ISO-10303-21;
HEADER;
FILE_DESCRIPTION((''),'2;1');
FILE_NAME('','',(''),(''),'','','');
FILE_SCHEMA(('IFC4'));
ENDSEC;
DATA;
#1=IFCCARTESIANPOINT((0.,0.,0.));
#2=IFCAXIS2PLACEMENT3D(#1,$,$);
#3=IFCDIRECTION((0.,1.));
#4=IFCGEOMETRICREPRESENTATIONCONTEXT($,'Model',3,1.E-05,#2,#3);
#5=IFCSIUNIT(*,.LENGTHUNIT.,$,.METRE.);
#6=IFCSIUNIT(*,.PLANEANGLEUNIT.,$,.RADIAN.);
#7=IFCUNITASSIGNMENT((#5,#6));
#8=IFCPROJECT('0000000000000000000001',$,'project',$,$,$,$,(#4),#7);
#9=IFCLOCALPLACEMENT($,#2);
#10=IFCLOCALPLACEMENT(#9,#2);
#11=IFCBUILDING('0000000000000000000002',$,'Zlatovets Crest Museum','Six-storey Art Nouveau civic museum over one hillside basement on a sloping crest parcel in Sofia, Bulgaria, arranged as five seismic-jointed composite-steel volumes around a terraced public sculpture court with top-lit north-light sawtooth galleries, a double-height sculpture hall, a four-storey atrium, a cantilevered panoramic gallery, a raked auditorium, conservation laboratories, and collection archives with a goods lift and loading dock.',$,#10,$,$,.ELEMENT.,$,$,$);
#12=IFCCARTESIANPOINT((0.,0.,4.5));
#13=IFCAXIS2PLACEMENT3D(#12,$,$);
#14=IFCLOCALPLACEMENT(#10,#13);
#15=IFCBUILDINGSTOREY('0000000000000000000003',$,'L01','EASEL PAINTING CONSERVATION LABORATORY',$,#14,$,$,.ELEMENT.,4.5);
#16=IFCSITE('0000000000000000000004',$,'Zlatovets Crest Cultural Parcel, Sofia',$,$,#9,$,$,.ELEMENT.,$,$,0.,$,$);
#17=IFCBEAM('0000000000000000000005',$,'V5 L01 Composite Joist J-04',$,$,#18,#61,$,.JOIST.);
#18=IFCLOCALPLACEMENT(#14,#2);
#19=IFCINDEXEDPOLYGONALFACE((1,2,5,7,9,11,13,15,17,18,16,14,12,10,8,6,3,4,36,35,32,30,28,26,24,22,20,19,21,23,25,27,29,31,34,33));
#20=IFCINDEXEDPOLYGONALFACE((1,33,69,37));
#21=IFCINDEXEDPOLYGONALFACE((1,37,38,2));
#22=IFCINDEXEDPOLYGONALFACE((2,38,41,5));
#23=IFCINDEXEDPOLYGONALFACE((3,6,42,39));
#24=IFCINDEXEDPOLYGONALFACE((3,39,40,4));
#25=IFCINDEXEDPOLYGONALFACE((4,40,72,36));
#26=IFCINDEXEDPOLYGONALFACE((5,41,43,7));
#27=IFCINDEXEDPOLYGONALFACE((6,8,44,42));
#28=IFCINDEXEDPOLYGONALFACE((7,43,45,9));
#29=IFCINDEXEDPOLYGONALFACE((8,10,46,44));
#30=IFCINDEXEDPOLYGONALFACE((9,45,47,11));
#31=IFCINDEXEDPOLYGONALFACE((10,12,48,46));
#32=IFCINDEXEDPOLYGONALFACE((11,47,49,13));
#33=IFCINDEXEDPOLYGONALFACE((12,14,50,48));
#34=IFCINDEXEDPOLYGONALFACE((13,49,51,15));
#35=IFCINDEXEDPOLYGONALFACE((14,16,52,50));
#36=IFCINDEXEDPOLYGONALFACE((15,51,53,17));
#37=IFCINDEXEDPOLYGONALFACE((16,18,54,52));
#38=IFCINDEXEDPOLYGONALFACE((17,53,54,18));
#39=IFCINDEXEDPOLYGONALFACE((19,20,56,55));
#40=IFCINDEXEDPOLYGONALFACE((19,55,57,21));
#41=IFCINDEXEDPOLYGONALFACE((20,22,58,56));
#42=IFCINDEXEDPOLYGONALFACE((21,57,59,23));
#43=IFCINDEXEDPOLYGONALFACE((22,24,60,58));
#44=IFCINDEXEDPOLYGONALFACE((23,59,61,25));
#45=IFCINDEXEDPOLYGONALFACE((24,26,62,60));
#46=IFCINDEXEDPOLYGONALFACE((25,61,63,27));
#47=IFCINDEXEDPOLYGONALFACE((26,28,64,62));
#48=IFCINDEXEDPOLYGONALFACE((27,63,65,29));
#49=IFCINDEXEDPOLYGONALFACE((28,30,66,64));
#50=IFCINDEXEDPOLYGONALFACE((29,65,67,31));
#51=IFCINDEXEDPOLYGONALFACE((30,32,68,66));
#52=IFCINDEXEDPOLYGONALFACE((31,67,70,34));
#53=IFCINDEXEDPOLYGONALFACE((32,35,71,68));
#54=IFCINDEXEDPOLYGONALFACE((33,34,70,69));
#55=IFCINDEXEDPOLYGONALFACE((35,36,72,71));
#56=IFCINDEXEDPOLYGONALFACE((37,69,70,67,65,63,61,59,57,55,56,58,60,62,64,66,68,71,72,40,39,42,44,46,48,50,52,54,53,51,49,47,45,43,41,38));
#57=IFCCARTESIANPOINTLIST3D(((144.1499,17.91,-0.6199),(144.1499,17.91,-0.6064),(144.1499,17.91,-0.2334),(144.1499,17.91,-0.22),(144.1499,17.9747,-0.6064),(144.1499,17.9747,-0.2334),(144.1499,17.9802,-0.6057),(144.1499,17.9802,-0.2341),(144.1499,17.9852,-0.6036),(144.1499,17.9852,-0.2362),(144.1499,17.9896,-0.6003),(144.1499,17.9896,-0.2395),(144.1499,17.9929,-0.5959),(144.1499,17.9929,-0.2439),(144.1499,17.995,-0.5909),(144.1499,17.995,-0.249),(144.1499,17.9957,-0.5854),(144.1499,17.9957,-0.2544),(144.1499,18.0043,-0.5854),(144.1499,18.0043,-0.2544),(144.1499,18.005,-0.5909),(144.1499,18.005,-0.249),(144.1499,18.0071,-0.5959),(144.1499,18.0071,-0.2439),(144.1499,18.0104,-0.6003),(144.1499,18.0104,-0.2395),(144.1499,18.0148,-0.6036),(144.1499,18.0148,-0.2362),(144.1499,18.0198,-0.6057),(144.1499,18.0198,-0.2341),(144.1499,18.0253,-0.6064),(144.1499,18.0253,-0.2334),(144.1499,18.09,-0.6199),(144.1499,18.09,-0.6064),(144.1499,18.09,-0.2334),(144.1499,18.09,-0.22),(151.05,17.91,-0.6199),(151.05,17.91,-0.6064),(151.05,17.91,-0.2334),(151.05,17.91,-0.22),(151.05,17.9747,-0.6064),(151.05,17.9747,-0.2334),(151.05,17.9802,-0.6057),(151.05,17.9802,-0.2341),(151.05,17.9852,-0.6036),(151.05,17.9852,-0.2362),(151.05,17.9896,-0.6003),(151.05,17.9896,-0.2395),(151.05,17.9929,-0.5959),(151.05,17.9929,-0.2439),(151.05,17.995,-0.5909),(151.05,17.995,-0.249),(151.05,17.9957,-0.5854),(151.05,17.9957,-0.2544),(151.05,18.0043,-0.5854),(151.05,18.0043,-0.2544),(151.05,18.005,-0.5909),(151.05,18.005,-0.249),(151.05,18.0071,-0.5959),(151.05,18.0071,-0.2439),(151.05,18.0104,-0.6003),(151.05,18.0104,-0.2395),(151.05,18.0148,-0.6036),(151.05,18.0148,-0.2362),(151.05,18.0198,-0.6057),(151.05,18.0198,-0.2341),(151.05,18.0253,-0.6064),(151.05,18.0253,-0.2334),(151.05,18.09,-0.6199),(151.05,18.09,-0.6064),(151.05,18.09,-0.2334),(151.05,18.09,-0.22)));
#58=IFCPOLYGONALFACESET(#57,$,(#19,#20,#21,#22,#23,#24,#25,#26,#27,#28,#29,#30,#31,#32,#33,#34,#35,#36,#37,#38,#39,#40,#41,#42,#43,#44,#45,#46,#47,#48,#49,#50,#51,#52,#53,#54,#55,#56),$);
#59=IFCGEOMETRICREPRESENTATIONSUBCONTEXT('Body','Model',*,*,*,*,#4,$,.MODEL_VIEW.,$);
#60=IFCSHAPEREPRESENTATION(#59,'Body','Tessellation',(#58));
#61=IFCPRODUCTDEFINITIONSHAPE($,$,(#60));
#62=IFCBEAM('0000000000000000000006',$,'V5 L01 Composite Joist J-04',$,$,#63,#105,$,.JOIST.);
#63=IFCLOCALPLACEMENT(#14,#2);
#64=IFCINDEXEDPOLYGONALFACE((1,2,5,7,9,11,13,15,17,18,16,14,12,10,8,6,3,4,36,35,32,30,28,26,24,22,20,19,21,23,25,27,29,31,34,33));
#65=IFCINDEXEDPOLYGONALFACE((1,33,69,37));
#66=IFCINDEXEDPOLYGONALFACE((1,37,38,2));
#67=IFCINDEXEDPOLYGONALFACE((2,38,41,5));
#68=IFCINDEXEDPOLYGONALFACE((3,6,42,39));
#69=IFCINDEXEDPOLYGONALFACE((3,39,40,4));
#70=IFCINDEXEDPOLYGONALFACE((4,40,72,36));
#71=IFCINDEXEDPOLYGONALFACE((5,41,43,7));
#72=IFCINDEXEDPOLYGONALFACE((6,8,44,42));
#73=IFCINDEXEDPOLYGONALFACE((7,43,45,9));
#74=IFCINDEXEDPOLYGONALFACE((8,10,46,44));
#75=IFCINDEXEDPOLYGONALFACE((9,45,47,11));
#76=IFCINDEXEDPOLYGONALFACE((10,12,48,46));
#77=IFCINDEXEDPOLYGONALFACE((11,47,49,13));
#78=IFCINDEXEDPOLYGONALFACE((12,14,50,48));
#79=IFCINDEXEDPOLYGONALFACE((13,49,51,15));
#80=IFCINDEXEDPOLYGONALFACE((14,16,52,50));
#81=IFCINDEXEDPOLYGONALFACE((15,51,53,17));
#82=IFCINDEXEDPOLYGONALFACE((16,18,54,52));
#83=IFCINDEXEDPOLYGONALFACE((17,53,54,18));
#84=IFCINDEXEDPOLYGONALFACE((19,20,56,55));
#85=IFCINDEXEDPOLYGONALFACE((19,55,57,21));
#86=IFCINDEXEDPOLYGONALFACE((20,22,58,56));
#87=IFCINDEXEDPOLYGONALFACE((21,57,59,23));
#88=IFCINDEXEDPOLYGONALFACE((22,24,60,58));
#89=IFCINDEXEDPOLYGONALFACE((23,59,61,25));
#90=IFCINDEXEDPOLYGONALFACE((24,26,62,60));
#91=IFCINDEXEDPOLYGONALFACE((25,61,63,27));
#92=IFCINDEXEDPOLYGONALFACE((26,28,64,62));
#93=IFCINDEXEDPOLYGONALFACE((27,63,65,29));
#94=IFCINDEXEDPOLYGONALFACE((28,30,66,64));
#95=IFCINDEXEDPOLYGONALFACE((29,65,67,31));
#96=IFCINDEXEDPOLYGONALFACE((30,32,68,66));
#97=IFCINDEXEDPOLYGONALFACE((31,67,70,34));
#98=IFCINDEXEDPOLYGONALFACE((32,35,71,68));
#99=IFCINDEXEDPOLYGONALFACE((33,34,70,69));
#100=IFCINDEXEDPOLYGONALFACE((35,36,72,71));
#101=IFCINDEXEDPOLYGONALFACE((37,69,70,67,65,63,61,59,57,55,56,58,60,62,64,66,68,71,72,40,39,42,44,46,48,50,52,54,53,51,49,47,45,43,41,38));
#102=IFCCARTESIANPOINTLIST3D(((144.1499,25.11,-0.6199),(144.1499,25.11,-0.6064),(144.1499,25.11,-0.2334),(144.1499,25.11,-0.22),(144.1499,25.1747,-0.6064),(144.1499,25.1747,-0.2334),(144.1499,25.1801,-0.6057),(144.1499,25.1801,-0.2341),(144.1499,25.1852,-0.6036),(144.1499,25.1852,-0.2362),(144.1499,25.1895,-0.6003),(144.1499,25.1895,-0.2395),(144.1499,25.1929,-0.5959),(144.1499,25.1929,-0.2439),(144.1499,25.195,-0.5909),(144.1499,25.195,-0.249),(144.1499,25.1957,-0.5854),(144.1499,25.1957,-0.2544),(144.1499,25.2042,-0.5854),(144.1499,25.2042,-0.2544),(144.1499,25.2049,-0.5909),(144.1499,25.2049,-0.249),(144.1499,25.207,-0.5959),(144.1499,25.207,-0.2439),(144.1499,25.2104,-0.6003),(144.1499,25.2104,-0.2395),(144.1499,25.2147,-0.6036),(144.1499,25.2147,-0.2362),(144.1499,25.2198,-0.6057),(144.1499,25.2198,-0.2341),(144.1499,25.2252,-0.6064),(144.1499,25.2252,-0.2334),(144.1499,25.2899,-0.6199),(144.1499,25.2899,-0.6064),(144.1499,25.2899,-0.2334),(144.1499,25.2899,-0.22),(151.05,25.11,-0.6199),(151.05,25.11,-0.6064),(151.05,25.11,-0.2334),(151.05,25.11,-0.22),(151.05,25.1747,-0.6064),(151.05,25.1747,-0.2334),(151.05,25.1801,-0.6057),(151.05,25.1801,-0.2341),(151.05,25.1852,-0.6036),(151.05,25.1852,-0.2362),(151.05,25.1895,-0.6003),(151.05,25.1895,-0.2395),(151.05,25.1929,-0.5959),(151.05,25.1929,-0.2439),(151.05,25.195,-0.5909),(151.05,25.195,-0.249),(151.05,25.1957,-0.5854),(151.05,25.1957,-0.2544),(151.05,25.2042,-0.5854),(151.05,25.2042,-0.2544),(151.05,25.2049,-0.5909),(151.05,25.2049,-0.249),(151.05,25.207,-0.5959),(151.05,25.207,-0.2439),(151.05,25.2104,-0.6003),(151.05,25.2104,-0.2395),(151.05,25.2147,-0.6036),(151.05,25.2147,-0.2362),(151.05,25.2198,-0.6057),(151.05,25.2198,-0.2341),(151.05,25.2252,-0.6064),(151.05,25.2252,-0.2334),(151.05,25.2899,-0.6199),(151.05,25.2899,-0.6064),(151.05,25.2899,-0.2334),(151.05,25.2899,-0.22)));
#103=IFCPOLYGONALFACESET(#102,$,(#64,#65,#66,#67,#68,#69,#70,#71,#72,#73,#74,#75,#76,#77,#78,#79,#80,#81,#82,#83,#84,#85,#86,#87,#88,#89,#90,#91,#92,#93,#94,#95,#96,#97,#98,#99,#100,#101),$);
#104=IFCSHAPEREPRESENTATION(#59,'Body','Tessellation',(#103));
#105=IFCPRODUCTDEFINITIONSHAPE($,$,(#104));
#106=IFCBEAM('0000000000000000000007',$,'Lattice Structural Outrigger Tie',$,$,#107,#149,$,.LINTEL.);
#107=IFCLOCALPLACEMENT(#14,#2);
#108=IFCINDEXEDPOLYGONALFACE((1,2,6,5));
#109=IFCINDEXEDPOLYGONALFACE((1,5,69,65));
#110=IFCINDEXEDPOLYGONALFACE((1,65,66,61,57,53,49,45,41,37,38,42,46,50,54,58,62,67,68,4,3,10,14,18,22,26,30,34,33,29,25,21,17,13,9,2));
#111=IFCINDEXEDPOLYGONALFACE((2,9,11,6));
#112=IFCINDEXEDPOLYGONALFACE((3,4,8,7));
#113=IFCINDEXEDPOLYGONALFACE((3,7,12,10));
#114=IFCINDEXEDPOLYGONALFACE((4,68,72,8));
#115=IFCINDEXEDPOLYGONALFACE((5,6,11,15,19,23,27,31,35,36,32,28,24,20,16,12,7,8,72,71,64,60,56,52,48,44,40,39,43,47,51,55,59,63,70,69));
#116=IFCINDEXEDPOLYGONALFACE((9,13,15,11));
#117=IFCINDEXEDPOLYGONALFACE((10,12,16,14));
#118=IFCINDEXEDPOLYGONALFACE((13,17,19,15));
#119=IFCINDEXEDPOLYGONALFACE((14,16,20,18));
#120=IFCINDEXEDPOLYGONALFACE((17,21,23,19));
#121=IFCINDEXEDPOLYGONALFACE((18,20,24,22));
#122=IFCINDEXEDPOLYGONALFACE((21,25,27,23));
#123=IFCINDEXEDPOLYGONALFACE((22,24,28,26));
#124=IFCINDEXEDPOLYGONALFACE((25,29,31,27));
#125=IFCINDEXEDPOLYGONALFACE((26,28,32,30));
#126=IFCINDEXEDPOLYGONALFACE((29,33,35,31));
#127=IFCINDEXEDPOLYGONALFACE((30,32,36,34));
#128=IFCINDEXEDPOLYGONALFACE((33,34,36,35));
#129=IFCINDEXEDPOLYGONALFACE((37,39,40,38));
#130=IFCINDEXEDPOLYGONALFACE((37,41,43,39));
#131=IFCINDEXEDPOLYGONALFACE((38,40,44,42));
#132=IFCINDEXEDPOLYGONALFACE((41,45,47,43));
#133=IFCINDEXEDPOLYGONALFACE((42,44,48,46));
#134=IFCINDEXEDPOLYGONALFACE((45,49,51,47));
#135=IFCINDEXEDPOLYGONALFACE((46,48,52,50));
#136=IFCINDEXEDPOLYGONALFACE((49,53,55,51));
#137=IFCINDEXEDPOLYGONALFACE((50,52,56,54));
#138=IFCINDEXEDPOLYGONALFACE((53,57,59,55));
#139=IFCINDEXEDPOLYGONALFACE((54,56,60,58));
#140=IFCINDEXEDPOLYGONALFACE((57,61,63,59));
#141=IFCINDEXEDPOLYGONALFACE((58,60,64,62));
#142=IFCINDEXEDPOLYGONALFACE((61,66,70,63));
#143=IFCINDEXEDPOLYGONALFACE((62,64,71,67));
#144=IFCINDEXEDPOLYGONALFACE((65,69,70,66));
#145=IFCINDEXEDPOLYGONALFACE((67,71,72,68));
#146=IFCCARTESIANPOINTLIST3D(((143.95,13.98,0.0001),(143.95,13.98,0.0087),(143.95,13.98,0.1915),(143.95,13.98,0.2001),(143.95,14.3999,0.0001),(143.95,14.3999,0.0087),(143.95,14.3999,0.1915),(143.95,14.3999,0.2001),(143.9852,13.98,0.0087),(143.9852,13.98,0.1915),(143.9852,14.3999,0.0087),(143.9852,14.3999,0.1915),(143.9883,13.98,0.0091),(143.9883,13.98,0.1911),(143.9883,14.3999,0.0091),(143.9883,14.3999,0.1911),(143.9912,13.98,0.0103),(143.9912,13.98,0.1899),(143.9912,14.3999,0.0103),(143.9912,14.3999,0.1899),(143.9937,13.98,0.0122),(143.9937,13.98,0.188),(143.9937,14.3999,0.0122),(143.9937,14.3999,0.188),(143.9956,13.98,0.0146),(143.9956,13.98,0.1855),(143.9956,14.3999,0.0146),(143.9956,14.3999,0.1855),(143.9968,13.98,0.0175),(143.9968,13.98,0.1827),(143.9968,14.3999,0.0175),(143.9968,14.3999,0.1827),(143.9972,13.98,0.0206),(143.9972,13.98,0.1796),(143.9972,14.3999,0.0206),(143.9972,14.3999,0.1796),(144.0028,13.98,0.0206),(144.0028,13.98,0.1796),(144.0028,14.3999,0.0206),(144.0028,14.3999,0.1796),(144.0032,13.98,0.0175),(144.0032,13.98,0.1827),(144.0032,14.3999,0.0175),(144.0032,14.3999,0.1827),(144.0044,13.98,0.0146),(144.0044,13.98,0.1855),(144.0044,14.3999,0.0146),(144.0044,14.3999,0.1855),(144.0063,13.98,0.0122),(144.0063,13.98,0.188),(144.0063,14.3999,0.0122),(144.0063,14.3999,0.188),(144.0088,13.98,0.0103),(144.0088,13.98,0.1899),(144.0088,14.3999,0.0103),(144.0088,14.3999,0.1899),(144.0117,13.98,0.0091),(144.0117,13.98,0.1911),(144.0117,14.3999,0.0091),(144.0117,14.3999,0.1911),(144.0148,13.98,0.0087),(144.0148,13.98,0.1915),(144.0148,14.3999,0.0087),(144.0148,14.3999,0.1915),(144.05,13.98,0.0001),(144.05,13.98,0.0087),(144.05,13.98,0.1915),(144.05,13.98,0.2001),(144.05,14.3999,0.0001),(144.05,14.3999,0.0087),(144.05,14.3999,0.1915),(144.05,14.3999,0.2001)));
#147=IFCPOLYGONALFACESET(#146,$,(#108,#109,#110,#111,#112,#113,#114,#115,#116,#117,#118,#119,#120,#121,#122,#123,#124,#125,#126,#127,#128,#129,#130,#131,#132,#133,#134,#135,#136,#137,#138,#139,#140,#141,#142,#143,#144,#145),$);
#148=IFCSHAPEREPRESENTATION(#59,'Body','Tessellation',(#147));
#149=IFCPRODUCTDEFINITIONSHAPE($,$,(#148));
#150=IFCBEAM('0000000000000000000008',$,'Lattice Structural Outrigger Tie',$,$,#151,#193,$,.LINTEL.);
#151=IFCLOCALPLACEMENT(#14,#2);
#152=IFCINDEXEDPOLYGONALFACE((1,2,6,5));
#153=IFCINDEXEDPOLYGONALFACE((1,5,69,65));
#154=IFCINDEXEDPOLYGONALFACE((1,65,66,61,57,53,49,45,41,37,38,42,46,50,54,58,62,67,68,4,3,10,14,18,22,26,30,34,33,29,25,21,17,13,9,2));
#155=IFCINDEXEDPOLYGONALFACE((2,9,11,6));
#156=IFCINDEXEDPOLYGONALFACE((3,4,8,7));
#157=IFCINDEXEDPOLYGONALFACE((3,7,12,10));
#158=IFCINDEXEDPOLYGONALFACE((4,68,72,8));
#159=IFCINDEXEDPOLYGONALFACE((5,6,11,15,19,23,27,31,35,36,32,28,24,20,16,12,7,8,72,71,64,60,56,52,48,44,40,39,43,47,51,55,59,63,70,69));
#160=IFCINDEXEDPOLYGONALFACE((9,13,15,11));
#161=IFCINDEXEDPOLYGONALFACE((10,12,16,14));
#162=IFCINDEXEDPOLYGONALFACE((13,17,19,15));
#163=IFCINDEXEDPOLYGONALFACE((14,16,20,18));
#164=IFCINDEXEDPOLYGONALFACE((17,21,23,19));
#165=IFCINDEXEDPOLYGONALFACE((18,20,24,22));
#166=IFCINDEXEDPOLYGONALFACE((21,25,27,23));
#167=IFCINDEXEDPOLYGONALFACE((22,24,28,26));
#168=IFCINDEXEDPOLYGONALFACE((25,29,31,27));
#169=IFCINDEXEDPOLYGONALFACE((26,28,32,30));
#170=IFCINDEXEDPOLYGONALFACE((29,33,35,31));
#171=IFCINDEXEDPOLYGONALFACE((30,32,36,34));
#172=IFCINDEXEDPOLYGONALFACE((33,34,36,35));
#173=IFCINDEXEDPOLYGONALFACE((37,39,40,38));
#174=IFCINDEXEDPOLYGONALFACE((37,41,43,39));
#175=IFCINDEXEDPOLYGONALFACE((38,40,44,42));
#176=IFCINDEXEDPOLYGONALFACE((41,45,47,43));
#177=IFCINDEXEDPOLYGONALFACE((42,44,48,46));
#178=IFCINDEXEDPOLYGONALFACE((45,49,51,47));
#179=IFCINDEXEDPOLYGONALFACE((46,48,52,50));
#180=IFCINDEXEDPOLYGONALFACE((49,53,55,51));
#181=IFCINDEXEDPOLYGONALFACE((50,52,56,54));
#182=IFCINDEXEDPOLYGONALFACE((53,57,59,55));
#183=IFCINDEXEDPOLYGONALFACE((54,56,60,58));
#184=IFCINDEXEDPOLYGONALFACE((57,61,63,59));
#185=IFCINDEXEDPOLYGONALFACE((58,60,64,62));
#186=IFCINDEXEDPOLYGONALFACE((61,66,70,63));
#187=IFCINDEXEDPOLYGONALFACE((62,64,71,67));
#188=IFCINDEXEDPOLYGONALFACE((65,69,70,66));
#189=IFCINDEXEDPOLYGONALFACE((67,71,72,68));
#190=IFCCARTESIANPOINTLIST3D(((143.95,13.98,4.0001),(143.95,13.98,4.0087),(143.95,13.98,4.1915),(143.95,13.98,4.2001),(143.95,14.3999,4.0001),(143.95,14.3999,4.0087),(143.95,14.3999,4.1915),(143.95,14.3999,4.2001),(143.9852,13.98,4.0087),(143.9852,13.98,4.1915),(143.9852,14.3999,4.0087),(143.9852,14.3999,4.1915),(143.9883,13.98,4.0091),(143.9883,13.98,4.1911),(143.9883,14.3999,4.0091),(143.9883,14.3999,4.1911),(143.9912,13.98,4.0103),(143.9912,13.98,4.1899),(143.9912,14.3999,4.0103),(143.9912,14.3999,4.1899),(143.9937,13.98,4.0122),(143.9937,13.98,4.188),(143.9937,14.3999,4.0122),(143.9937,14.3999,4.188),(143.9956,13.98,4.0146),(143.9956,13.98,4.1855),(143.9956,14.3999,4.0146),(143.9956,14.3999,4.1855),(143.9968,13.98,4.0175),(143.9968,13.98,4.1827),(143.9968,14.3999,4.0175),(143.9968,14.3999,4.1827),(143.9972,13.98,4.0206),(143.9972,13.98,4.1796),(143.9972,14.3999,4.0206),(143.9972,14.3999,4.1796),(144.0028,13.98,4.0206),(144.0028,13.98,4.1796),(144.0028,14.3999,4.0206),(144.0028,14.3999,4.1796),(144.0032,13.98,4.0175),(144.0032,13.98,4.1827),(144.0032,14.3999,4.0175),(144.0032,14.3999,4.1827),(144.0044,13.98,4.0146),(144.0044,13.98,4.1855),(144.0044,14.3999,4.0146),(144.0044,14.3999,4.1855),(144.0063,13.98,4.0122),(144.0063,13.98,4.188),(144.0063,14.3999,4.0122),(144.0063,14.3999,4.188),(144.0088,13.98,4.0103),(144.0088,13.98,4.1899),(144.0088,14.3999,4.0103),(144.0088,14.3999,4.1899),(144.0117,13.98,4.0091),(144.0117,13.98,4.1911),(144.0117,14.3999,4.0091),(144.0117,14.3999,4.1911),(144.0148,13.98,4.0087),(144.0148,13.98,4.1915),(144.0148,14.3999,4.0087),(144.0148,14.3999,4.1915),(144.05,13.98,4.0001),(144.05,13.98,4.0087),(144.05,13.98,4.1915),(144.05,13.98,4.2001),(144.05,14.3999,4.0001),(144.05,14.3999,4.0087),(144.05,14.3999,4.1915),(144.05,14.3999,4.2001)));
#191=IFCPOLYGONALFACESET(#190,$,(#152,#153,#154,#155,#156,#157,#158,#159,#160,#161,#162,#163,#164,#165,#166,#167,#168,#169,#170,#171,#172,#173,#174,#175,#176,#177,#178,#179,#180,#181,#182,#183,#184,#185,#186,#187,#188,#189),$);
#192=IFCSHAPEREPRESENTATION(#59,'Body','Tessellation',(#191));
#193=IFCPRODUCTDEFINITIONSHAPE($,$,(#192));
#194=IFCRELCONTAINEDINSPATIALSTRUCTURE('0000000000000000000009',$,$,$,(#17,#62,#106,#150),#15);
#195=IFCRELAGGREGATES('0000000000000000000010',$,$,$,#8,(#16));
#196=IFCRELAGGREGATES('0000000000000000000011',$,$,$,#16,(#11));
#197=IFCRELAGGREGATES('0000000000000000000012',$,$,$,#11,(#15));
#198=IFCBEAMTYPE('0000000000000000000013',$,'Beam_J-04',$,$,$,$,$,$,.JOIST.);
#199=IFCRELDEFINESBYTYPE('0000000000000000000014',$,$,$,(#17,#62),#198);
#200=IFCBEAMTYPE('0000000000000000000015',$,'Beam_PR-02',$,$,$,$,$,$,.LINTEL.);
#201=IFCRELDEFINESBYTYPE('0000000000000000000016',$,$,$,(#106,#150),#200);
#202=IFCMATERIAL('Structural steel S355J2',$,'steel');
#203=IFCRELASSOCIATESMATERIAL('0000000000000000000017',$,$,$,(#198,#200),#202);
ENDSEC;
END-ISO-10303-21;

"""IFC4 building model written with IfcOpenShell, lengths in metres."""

from ifc_helpers import new_model, si_unit, direction, frame, origin, origin_2d, place, context, subcontext, project, spatial, i_section, extrude, material, material_profile, profile_set, type_object, element, save


model = new_model("IFC4")

# Units and contexts
model_context = context("Model", 3, precision=1e-05, world=origin(), true_north=direction((0.0, 1.0)))
body_context = subcontext(model_context, "Body", "Model", "MODEL_VIEW")
ifc_project = project(units=[si_unit("LENGTHUNIT", "METRE"), si_unit("PLANEANGLEUNIT", "RADIAN")], contexts=[model_context])

# Site, building, storey
site_placement = place(None, origin())
site = spatial("IfcSite", under=ifc_project, at=site_placement, Name="Zlatovets Crest Cultural Parcel, Sofia", CompositionType="ELEMENT", RefElevation=0.0)
building_placement = place(site_placement, origin())
building = spatial("IfcBuilding", under=site, at=building_placement, Name="Zlatovets Crest Museum", Description="Six-storey Art Nouveau civic museum over one hillside basement on a sloping crest parcel in Sofia, Bulgaria, arranged as five seismic-jointed composite-steel volumes around a terraced public sculpture court with top-lit north-light sawtooth galleries, a double-height sculpture hall, a four-storey atrium, a cantilevered panoramic gallery, a raked auditorium, conservation laboratories, and collection archives with a goods lift and loading dock.", CompositionType="ELEMENT")
storey_placement = place(building_placement, frame((0.0, 0.0, 4.5)))
storey = spatial("IfcBuildingStorey", under=building, at=storey_placement, Name="L01", Description="EASEL PAINTING CONSERVATION LABORATORY", CompositionType="ELEMENT", Elevation=4.5)

# Shared definitions
ifc_material_1 = material(Name="Structural steel S355J2", Category="steel")

# Beams
ifc_material_profile_1 = material_profile(ifc_material_1, i_section(OverallWidth=0.1799, OverallDepth=0.3999, WebThickness=0.0085, FlangeThickness=0.0134, FilletRadius=0.021, at=origin_2d()), Name="IPE 400")
ifc_profile_set_1 = profile_set([ifc_material_profile_1], Name="Structural steel S355J2")
beam_type_1 = type_object("IfcBeamType", Name="Beam_J-04", PredefinedType="JOIST", material=ifc_profile_set_1)
for number, where, z_axis, x_axis, name in (
    (1, (144.1499, 18.0, -0.4199), (1.0, 0.0, 0.0), (0.0, 1.0, 0.0), "V5 L01 Composite Joist J-04"),
    (2, (144.1499, 25.2, -0.4199), (1.0, 0.0, 0.0), (0.0, 1.0, 0.0), "V5 L01 Composite Joist J-04"),
):
    element("IfcBeam", number, at=place(storey_placement, frame(where, z_axis=z_axis, x_axis=x_axis)), inside=storey, type_object=beam_type_1, Name=name, PredefinedType="JOIST", context=body_context, shape_type="SweptSolid", body=[
        extrude(i_section(OverallWidth=0.1799, OverallDepth=0.3999, WebThickness=0.0085, FlangeThickness=0.0134, FilletRadius=0.021, at=origin_2d()), origin(), (0.0, 0.0, 1.0), 6.9001),
    ])
ifc_material_profile_2 = material_profile(ifc_material_1, i_section(OverallWidth=0.1001, OverallDepth=0.2, WebThickness=0.0056, FlangeThickness=0.0085, FilletRadius=0.012, at=origin_2d()), Name="IPE 200")
ifc_profile_set_2 = profile_set([ifc_material_profile_2], Name="Structural steel S355J2")
beam_type_2 = type_object("IfcBeamType", Name="Beam_PR-02", PredefinedType="LINTEL", material=ifc_profile_set_2)
for number, where, z_axis, x_axis, name in (
    (3, (144.0, 14.3999, 0.1001), (0.0, -1.0, 0.0), (1.0, 0.0, 0.0), "Lattice Structural Outrigger Tie"),
    (4, (144.0, 14.3999, 4.1001), (0.0, -1.0, 0.0), (1.0, 0.0, 0.0), "Lattice Structural Outrigger Tie"),
):
    element("IfcBeam", number, at=place(storey_placement, frame(where, z_axis=z_axis, x_axis=x_axis)), inside=storey, type_object=beam_type_2, Name=name, PredefinedType="LINTEL", context=body_context, shape_type="SweptSolid", body=[
        extrude(i_section(OverallWidth=0.1001, OverallDepth=0.2, WebThickness=0.0056, FlangeThickness=0.0085, FilletRadius=0.012, at=origin_2d()), origin(), (0.0, 0.0, 1.0), 0.4199),
    ])

save(model, "model.ifc")
